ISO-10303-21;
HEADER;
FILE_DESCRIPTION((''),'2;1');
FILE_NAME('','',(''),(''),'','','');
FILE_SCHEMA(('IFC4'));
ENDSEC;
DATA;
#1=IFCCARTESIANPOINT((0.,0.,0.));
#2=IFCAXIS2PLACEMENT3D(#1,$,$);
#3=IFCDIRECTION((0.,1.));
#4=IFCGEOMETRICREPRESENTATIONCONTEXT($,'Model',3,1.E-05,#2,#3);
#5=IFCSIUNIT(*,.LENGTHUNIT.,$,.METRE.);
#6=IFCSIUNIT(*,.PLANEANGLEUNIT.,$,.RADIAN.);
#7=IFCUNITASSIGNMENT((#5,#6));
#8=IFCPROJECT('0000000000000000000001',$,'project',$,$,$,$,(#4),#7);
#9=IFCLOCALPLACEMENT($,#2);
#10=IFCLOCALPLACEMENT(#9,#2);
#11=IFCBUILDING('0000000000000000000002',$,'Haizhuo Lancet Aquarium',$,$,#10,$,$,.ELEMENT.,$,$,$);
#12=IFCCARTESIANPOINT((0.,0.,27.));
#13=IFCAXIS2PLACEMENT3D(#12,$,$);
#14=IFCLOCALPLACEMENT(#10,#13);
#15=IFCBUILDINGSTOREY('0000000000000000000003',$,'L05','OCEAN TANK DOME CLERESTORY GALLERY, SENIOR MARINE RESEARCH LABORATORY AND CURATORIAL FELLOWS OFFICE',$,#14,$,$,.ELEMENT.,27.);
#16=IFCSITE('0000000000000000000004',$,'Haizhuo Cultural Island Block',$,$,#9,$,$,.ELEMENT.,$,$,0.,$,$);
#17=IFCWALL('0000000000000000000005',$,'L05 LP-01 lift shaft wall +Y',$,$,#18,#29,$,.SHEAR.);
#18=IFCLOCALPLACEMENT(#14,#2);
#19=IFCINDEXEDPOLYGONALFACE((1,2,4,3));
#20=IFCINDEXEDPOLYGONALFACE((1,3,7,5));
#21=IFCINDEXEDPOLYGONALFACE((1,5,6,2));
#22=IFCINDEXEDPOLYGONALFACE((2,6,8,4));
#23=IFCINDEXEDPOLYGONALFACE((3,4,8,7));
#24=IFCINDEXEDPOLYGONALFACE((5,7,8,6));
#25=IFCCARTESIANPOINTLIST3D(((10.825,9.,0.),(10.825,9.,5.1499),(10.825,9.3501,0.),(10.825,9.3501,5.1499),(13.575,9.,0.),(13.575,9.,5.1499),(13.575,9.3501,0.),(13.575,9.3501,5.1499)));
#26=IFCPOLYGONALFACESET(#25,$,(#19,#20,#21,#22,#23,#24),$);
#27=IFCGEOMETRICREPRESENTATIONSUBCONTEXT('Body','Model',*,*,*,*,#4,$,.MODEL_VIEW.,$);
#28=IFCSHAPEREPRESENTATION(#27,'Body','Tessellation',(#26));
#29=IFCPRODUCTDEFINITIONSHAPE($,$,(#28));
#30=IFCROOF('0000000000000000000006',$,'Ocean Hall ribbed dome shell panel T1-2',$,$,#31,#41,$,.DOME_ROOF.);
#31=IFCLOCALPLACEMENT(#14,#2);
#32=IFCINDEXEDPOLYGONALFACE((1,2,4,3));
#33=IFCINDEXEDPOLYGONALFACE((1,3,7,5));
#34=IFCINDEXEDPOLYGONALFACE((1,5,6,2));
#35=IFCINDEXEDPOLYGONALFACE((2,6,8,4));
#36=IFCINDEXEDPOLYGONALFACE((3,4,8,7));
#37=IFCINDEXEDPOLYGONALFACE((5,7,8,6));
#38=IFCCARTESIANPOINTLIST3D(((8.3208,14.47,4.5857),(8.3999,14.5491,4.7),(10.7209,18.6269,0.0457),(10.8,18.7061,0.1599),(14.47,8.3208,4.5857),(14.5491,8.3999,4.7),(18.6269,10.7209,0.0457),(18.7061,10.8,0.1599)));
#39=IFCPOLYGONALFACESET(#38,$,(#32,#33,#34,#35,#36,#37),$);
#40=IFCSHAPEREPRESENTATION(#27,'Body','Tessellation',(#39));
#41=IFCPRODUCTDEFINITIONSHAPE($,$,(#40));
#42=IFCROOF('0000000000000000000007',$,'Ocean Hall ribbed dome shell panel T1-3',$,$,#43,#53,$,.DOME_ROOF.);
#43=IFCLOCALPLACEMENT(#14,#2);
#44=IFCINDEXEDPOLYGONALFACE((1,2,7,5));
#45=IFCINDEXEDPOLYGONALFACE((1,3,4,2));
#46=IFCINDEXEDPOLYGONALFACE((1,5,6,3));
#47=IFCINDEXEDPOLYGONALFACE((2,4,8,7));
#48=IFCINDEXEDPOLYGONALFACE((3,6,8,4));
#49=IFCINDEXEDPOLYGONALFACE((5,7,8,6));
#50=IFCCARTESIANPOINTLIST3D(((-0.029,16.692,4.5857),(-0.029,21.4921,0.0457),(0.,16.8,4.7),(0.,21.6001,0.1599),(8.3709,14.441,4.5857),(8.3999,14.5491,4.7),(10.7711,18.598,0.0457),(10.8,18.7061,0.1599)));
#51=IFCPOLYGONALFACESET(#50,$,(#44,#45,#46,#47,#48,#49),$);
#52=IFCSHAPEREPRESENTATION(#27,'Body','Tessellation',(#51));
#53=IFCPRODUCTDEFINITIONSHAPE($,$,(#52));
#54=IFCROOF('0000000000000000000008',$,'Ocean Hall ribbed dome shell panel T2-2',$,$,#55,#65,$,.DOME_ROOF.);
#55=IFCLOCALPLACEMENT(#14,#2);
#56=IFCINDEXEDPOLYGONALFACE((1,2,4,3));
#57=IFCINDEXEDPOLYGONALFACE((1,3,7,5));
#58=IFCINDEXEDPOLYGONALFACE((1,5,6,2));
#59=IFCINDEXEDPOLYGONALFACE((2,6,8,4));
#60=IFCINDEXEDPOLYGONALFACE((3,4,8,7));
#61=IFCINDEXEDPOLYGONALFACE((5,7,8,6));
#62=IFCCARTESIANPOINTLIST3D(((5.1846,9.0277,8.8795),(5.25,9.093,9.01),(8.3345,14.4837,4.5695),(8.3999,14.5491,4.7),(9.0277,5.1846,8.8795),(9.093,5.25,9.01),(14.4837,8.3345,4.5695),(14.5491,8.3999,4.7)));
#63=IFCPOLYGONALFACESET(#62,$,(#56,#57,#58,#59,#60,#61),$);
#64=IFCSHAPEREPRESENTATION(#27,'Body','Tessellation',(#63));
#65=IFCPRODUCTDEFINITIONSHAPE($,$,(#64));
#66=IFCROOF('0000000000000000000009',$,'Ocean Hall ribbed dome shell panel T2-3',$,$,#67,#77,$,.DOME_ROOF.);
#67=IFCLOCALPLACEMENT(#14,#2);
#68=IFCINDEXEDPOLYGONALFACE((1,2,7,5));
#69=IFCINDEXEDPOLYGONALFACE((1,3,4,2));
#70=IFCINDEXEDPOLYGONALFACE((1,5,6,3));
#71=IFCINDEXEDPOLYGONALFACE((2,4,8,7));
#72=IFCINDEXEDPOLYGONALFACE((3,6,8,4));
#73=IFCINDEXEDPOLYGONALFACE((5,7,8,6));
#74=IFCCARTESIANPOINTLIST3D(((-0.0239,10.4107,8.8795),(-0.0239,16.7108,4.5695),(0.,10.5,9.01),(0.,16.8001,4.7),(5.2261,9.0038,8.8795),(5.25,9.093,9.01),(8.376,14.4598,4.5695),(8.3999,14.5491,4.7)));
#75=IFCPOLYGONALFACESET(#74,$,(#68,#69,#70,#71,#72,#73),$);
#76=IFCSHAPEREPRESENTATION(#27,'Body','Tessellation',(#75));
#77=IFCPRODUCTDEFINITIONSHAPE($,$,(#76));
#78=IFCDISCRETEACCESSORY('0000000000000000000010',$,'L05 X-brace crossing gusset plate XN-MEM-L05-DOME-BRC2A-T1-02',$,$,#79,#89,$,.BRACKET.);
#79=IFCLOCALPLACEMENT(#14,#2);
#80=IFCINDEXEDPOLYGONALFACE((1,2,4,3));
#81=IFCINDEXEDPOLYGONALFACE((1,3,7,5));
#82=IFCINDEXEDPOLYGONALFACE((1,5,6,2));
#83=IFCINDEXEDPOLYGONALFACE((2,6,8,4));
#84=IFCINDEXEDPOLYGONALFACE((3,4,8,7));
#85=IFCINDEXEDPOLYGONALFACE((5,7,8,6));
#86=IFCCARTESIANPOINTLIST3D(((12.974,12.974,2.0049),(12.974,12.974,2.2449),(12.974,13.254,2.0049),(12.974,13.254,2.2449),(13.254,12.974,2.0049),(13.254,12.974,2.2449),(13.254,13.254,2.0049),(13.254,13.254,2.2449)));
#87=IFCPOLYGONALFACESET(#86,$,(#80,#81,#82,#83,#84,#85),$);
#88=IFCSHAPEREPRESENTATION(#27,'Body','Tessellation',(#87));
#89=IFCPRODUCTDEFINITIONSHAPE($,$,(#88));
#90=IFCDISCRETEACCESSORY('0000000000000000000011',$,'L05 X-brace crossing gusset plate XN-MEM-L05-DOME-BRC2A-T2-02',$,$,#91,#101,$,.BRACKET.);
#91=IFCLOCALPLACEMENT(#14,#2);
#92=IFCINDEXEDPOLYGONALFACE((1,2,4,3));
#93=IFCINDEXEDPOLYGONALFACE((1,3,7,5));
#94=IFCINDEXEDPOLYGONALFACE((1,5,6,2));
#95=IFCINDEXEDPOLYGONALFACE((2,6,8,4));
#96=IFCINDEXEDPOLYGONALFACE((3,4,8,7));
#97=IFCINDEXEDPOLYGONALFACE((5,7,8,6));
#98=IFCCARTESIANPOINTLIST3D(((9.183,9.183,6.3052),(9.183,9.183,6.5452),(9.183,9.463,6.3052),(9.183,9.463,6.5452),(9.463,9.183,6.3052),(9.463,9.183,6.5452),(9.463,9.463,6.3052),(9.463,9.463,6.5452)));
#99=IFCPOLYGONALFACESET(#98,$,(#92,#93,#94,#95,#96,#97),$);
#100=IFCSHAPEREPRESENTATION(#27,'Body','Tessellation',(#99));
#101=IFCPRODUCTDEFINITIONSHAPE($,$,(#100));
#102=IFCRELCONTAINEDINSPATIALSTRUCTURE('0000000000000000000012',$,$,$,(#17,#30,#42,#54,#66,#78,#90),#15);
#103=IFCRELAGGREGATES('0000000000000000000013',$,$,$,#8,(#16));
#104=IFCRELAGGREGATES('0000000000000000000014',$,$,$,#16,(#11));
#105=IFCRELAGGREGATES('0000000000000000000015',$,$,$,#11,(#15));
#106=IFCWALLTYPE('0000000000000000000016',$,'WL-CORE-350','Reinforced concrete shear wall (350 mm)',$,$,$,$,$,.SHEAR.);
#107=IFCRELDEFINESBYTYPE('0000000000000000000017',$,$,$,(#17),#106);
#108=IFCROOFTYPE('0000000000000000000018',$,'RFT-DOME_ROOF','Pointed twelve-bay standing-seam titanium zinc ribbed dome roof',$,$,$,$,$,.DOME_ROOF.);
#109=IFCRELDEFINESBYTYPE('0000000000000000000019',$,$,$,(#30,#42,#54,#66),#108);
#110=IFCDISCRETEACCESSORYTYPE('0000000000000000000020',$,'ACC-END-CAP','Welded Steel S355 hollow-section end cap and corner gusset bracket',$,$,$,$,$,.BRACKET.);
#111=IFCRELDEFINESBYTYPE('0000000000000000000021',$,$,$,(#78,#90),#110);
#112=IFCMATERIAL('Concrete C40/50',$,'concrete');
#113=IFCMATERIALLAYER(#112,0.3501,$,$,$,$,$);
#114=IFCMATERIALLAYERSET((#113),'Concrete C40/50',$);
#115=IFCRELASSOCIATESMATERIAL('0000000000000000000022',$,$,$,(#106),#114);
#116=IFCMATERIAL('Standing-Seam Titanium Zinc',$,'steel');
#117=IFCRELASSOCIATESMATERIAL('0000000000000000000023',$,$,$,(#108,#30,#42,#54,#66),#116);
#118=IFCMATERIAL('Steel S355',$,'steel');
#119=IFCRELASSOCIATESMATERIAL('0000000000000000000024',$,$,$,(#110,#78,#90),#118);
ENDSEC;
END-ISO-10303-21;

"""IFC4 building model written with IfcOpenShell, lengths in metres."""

from ifc_helpers import new_model, si_unit, direction, frame, frame_2d, origin, origin_2d, place, context, subcontext, project, spatial, polyline, rectangle, outline, extrude, material, layer, layer_set, type_object, element, save


model = new_model("IFC4")

# Units and contexts
model_context = context("Model", 3, precision=1e-05, world=origin(), true_north=direction((0.0, 1.0)))
body_context = subcontext(model_context, "Body", "Model", "MODEL_VIEW")
ifc_project = project(units=[si_unit("LENGTHUNIT", "METRE"), si_unit("PLANEANGLEUNIT", "RADIAN")], contexts=[model_context])

# Site, building, storey
site_placement = place(None, origin())
site = spatial("IfcSite", under=ifc_project, at=site_placement, Name="Haizhuo Cultural Island Block", CompositionType="ELEMENT", RefElevation=0.0)
building_placement = place(site_placement, origin())
building = spatial("IfcBuilding", under=site, at=building_placement, Name="Haizhuo Lancet Aquarium", CompositionType="ELEMENT")
storey_placement = place(building_placement, frame((0.0, 0.0, 27.0)))
storey = spatial("IfcBuildingStorey", under=building, at=storey_placement, Name="L05", Description="OCEAN TANK DOME CLERESTORY GALLERY, SENIOR MARINE RESEARCH LABORATORY AND CURATORIAL FELLOWS OFFICE", CompositionType="ELEMENT", Elevation=27.0)

# Shared definitions
ifc_material_1 = material(Name="Steel S355", Category="steel")

# Wall
ifc_material_2 = material(Name="Concrete C40/50", Category="concrete")
ifc_layer_1 = layer(ifc_material_2, 0.3501)
ifc_layer_set_1 = layer_set([ifc_layer_1], Name="Concrete C40/50")
wall_type_1 = type_object("IfcWallType", Name="WL-CORE-350", Description="Reinforced concrete shear wall (350 mm)", PredefinedType="SHEAR", material=ifc_layer_set_1)
wall_1_placement = place(storey_placement, frame((13.575, 9.175, 0.0), z_axis=(0.0, 0.0, 1.0), x_axis=(-1.0, 0.0, 0.0)))
element("IfcWall", 1, at=wall_1_placement, inside=storey, type_object=wall_type_1, Name="L05 LP-01 lift shaft wall +Y", PredefinedType="SHEAR", context=body_context, shape_type="SweptSolid", body=[
    extrude(rectangle(XDim=2.75, YDim=0.3501, at=frame_2d((1.375, 0.0))), origin(), (0.0, 0.0, 1.0), 5.1499),
])

# Roofs
ifc_material_3 = material(Name="Standing-Seam Titanium Zinc", Category="steel")
roof_type = type_object("IfcRoofType", Name="RFT-DOME_ROOF", Description="Pointed twelve-bay standing-seam titanium zinc ribbed dome roof", PredefinedType="DOME_ROOF", material=ifc_material_3)
roof_1_placement = place(storey_placement, frame((18.7061, 10.8, 0.1599), z_axis=(0.494712, 0.494712, 0.714507), x_axis=(-0.707107, 0.707107, 0.0)))
element("IfcRoof", 2, at=roof_1_placement, inside=storey, type_object=roof_type, material=ifc_material_3, Name="Ocean Hall ribbed dome shell panel T1-2", PredefinedType="DOME_ROOF", context=body_context, shape_type="SweptSolid", body=[
    extrude(outline(polyline([(0.0, 0.0), (11.1808, 0.0), (9.9385, 6.4892), (1.2423, 6.4892), (0.0, 0.0)])), origin(), (0.0, 0.0, -1.0), 0.1599),
])
roof_2_placement = place(storey_placement, frame((10.8, 18.7061, 0.1599), z_axis=(0.181092, 0.675791, 0.714501), x_axis=(-0.965921, 0.258836, 0.000002)))
element("IfcRoof", 3, at=roof_2_placement, inside=storey, type_object=roof_type, material=ifc_material_3, Name="Ocean Hall ribbed dome shell panel T1-3", PredefinedType="DOME_ROOF", context=body_context, shape_type="SweptSolid", body=[
    extrude(outline(polyline([(0.0, 0.0), (11.1811, 0.0), (9.9387, 6.4891), (1.2424, 6.4892), (0.0, 0.0)])), origin(), (0.0, 0.0, -1.0), 0.1599),
])
roof_3_placement = place(storey_placement, frame((14.5491, 8.3999, 4.7), z_axis=(0.408696, 0.408696, 0.816049), x_axis=(-0.707107, 0.707107, 0.0)))
element("IfcRoof", 4, at=roof_3_placement, inside=storey, type_object=roof_type, material=ifc_material_3, Name="Ocean Hall ribbed dome shell panel T2-2", PredefinedType="DOME_ROOF", context=body_context, shape_type="SweptSolid", body=[
    extrude(outline(polyline([(0.0, 0.0), (8.6962, 0.0), (7.0655, 7.4571), (1.6307, 7.4571), (0.0, 0.0)])), origin(), (0.0, 0.0, -1.0), 0.1599),
])
roof_4_placement = place(storey_placement, frame((8.3999, 14.5491, 4.7), z_axis=(0.14961, 0.55828, 0.816051), x_axis=(-0.965919, 0.258846, 0.000003)))
element("IfcRoof", 5, at=roof_4_placement, inside=storey, type_object=roof_type, material=ifc_material_3, Name="Ocean Hall ribbed dome shell panel T2-3", PredefinedType="DOME_ROOF", context=body_context, shape_type="SweptSolid", body=[
    extrude(outline(polyline([(0.0, 0.0), (8.6963, 0.0), (7.0656, 7.4571), (1.6303, 7.4572), (0.0, 0.0)])), origin(), (0.0, 0.0, -1.0), 0.1599),
])

# Discrete accessories
discrete_accessory_type = type_object("IfcDiscreteAccessoryType", Name="ACC-END-CAP", Description="Welded Steel S355 hollow-section end cap and corner gusset bracket", PredefinedType="BRACKET", material=ifc_material_1)
for number, where, z_axis, x_axis, name in (
    (6, (13.114, 13.114, 2.0049), (0.0, 0.0, 1.0), (1.0, 0.0, 0.0), "L05 X-brace crossing gusset plate XN-MEM-L05-DOME-BRC2A-T1-02"),
    (7, (9.323, 9.323, 6.3052), (0.0, 0.0, 1.0), (1.0, 0.0, 0.0), "L05 X-brace crossing gusset plate XN-MEM-L05-DOME-BRC2A-T2-02"),
):
    element("IfcDiscreteAccessory", number, at=place(storey_placement, frame(where, z_axis=z_axis, x_axis=x_axis)), inside=storey, type_object=discrete_accessory_type, material=ifc_material_1, Name=name, PredefinedType="BRACKET", context=body_context, shape_type="SweptSolid", body=[
        extrude(rectangle(XDim=0.28, YDim=0.28, at=origin_2d()), origin(), (0.0, 0.0, 1.0), 0.24),
    ])

save(model, "model.ifc")
